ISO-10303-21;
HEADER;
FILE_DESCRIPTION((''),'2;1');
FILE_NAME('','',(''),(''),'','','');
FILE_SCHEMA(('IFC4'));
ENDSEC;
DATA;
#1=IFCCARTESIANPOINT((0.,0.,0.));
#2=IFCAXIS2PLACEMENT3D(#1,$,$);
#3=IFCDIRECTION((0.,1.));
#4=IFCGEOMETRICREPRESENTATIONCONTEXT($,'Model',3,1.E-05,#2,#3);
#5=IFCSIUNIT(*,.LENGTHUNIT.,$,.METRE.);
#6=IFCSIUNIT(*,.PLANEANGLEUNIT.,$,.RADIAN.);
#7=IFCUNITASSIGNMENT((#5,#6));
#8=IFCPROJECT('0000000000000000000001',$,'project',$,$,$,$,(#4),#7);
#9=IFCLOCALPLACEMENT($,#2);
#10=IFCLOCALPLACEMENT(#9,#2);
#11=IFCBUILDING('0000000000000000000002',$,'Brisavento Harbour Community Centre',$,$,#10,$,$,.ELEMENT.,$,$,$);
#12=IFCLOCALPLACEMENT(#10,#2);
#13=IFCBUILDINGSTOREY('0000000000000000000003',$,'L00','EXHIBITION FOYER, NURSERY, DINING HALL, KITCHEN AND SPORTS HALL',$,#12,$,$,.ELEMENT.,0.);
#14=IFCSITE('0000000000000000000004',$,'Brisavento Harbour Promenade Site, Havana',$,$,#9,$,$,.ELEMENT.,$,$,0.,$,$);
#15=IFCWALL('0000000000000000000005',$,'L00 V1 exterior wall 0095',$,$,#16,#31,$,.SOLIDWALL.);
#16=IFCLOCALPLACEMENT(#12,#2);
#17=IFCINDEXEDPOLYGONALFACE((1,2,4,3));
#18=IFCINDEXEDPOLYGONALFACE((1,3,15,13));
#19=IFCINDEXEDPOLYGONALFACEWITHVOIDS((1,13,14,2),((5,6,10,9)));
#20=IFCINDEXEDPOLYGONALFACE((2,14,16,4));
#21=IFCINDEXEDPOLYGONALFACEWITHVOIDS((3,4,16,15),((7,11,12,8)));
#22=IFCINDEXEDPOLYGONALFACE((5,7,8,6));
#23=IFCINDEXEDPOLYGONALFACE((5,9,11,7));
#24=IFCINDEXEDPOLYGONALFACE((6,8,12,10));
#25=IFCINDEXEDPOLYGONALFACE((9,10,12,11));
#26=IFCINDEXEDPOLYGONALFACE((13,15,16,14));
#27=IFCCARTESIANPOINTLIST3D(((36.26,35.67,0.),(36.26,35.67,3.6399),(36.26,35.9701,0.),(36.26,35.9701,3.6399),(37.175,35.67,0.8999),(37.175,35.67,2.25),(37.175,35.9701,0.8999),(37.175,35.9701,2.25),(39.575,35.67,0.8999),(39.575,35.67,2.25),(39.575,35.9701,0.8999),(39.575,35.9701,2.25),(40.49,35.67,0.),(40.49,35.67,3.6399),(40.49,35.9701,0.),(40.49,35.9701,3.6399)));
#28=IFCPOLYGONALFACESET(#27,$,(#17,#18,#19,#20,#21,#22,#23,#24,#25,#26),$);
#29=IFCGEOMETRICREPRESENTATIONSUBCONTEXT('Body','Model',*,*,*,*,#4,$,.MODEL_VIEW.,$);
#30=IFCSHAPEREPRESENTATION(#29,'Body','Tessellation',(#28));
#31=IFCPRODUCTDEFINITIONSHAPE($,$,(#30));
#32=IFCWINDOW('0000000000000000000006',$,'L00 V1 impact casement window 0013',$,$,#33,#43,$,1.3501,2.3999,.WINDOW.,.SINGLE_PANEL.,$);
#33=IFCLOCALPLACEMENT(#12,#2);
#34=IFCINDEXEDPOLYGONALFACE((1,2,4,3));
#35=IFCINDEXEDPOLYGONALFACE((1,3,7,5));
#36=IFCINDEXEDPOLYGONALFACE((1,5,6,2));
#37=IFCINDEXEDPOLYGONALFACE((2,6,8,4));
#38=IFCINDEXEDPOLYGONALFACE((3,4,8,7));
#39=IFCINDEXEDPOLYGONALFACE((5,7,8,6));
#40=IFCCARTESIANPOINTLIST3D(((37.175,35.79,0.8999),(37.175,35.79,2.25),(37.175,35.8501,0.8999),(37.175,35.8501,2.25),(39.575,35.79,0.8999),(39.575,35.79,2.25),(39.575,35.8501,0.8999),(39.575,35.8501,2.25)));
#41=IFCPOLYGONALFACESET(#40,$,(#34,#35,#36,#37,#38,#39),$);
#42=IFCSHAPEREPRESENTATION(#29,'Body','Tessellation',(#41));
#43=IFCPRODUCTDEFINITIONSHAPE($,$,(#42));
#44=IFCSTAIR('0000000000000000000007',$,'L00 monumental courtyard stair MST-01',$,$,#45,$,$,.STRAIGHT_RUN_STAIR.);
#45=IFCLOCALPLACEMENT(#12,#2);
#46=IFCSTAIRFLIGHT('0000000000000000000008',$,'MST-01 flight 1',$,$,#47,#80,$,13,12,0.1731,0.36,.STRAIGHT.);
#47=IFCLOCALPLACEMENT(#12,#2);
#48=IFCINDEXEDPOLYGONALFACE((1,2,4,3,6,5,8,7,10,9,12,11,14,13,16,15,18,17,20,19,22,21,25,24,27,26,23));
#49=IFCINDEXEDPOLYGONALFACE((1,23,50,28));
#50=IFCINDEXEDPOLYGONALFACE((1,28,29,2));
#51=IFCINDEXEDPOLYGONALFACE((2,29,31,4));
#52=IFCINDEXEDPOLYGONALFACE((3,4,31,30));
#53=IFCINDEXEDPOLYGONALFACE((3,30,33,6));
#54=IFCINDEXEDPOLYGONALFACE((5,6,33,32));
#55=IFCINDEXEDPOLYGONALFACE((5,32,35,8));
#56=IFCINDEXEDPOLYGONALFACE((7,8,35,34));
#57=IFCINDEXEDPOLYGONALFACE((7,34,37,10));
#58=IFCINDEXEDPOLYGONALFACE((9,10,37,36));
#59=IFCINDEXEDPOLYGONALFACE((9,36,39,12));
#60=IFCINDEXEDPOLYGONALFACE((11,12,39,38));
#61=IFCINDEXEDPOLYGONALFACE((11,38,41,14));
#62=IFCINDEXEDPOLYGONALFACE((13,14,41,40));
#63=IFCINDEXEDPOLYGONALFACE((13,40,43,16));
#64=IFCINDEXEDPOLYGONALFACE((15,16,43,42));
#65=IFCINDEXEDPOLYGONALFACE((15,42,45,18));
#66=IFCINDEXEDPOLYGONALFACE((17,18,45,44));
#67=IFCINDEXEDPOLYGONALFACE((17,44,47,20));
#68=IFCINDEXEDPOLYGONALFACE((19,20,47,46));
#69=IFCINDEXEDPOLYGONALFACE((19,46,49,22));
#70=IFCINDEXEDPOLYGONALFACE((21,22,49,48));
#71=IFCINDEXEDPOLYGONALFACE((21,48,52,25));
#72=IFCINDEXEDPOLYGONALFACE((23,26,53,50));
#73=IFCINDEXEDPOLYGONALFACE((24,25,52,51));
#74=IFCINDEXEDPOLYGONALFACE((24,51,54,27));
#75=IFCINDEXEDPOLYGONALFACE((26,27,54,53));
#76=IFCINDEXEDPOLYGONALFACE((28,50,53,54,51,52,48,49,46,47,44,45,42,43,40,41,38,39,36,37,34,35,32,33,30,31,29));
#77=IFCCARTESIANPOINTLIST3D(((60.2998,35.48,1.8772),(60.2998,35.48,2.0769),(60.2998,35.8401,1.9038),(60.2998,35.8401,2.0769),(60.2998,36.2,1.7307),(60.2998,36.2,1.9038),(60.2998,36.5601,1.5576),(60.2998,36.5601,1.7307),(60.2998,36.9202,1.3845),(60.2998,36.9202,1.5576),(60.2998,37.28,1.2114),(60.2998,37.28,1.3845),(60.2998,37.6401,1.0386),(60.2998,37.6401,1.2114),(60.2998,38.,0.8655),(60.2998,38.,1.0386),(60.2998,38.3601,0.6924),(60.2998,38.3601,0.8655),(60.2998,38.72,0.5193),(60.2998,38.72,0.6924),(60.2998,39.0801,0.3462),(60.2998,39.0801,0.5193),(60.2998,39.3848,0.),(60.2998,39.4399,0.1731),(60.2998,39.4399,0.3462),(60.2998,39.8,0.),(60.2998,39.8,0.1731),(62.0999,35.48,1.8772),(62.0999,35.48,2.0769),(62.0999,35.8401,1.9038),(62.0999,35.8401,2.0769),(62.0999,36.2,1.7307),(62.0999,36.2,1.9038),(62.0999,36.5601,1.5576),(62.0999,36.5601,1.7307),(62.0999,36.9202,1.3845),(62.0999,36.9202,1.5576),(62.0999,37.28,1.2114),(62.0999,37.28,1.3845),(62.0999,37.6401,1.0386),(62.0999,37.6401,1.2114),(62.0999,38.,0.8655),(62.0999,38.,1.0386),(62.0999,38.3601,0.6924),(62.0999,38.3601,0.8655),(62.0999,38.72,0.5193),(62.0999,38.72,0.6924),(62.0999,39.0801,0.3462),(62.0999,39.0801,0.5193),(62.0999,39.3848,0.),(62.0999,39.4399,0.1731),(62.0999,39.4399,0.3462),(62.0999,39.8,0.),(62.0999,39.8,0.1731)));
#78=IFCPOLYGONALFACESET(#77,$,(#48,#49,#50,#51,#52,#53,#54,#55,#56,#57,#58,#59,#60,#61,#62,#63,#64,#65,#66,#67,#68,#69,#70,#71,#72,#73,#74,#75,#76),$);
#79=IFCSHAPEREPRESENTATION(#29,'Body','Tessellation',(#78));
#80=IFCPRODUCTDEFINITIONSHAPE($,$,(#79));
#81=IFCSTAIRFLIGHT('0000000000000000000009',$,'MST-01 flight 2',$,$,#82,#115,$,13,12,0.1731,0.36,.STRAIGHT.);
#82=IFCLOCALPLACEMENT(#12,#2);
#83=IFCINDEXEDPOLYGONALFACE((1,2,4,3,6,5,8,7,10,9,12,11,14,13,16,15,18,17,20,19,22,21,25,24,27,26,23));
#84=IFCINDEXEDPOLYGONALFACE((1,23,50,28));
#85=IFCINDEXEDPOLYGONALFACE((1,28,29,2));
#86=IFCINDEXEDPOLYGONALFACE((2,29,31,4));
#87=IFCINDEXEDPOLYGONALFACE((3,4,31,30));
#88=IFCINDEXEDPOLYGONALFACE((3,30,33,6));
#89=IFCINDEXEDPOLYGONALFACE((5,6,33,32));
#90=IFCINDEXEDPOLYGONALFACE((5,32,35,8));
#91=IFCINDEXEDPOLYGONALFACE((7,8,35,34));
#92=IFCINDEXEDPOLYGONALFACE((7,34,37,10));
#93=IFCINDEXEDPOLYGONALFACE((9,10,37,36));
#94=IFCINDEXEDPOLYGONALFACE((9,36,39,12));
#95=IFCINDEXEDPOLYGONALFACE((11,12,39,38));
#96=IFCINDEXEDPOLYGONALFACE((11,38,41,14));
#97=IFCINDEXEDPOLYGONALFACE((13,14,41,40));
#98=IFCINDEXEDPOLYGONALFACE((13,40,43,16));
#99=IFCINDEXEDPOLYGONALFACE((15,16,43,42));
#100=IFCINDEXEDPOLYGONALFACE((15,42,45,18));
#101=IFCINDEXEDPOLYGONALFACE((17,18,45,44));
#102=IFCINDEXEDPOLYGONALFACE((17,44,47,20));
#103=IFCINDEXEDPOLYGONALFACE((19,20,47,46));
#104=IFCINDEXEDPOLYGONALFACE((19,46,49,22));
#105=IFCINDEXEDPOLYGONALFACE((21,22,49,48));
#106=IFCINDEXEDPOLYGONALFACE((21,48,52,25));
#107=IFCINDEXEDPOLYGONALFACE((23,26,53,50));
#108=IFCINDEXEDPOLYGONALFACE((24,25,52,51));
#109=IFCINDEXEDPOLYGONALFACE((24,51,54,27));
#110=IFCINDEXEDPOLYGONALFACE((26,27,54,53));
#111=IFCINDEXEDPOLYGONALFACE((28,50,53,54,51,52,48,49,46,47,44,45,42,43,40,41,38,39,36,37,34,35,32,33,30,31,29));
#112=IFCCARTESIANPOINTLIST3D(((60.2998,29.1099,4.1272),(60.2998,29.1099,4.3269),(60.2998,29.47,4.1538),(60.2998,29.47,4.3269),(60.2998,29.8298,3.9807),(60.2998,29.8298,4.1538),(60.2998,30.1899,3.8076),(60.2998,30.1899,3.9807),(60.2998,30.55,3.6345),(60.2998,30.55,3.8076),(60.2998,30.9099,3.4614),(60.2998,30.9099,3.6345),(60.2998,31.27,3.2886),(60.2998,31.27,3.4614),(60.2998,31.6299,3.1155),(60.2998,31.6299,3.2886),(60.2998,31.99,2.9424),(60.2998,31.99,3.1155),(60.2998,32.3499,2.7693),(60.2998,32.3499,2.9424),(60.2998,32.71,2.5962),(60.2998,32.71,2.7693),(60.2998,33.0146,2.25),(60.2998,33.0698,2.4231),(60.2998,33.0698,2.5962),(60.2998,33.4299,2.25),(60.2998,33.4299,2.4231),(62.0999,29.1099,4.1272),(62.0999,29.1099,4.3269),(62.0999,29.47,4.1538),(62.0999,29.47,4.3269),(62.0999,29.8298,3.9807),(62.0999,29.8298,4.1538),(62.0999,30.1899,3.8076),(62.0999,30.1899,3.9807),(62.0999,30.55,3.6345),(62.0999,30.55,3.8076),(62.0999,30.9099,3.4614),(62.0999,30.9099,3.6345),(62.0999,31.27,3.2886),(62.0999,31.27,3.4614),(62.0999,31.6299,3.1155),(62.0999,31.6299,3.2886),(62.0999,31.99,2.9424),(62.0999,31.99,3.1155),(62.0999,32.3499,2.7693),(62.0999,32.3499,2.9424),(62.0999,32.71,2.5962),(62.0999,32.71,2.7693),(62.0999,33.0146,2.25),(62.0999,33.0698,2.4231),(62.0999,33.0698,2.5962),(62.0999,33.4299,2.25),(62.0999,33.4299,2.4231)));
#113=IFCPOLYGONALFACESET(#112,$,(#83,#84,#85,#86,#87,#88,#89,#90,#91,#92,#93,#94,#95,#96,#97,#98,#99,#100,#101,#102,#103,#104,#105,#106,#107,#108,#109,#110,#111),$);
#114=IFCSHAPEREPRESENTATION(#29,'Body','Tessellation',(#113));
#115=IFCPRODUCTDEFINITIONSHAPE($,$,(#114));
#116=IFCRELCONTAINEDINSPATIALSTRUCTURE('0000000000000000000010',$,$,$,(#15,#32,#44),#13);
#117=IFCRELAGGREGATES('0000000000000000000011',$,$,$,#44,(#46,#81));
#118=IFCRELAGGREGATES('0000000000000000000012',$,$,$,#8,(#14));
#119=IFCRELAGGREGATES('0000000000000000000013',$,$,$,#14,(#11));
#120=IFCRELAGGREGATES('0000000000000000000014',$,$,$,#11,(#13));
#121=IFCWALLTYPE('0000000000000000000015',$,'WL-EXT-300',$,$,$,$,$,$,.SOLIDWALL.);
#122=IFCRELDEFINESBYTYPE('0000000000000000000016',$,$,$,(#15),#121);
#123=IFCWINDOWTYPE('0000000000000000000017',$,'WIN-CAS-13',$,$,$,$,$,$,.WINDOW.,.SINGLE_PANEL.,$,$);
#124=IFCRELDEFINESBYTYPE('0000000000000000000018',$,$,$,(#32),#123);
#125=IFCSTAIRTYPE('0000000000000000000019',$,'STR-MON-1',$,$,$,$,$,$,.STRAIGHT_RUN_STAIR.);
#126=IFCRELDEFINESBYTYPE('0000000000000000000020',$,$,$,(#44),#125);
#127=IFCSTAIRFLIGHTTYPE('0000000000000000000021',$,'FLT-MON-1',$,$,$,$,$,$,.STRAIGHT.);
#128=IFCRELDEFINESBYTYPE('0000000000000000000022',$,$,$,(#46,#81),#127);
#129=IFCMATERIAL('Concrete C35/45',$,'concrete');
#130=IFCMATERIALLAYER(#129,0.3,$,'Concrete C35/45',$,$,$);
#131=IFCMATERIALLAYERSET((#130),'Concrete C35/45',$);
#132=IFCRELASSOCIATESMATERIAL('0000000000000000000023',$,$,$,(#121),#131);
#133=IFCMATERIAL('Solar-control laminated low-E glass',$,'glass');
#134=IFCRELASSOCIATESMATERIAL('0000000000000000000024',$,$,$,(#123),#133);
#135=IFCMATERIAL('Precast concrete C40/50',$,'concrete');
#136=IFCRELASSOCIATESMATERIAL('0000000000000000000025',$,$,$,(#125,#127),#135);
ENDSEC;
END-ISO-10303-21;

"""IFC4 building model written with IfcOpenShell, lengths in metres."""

from ifc_helpers import new_model, si_unit, direction, frame, frame_2d, origin, place, context, subcontext, project, spatial, polyline, rectangle, outline, extrude, material, layer, layer_set, type_object, element, fill, aggregate, save


model = new_model("IFC4")

# Units and contexts
model_context = context("Model", 3, precision=1e-05, world=origin(), true_north=direction((0.0, 1.0)))
body_context = subcontext(model_context, "Body", "Model", "MODEL_VIEW")
ifc_project = project(units=[si_unit("LENGTHUNIT", "METRE"), si_unit("PLANEANGLEUNIT", "RADIAN")], contexts=[model_context])

# Site, building, storey
site_placement = place(None, origin())
site = spatial("IfcSite", under=ifc_project, at=site_placement, Name="Brisavento Harbour Promenade Site, Havana", CompositionType="ELEMENT", RefElevation=0.0)
building_placement = place(site_placement, origin())
building = spatial("IfcBuilding", under=site, at=building_placement, Name="Brisavento Harbour Community Centre", CompositionType="ELEMENT")
storey_placement = place(building_placement, origin())
storey = spatial("IfcBuildingStorey", under=building, at=storey_placement, Name="L00", Description="EXHIBITION FOYER, NURSERY, DINING HALL, KITCHEN AND SPORTS HALL", CompositionType="ELEMENT", Elevation=0.0)

# Shared definitions
ifc_material_1 = material(Name="Concrete C35/45", Category="concrete")

# Shared definitions
ifc_material_2 = material(Name="Precast concrete C40/50", Category="concrete")

# Wall, opening, window
ifc_layer_1 = layer(ifc_material_1, 0.3, Name="Concrete C35/45")
ifc_layer_set_1 = layer_set([ifc_layer_1], Name="Concrete C35/45")
wall_type_1 = type_object("IfcWallType", Name="WL-EXT-300", PredefinedType="SOLIDWALL", material=ifc_layer_set_1)
wall_1_placement = place(storey_placement, frame((36.26, 35.8201, 0.0), z_axis=(0.0, 0.0, 1.0), x_axis=(1.0, 0.0, 0.0)))
wall_1 = element("IfcWall", 1, at=wall_1_placement, inside=storey, type_object=wall_type_1, Name="L00 V1 exterior wall 0095", PredefinedType="SOLIDWALL", context=body_context, shape_type="SweptSolid", body=[
    extrude(rectangle(XDim=4.23, YDim=0.3, at=frame_2d((2.115, 0.0))), origin(), (0.0, 0.0, 1.0), 3.6399),
])
opening_1_placement = place(wall_1_placement, frame((0.915, 0.0, 0.8999)))
opening_1 = element("IfcOpeningElement", 2, at=opening_1_placement, cuts=wall_1, PredefinedType="OPENING", context=body_context, shape_type="SweptSolid", body=[
    extrude(rectangle(XDim=2.3999, YDim=1.3501, at=frame_2d((1.2, 0.675))), frame((0.0, 0.1602, 0.0), z_axis=(0.0, -1.0, 0.0), x_axis=(1.0, 0.0, 0.0)), (0.0, 0.0, 1.0), 0.3201),
])
ifc_material_3 = material(Name="Solar-control laminated low-E glass", Category="glass")
window_type = type_object("IfcWindowType", Name="WIN-CAS-13", PartitioningType="SINGLE_PANEL", PredefinedType="WINDOW", material=ifc_material_3)
window_placement = place(opening_1_placement, origin())
window = element("IfcWindow", 3, at=window_placement, inside=storey, type_object=window_type, Name="L00 V1 impact casement window 0013", OverallHeight=1.3501, OverallWidth=2.3999, PartitioningType="SINGLE_PANEL", PredefinedType="WINDOW", context=body_context, shape_type="SweptSolid", body=[
    extrude(rectangle(XDim=2.3999, YDim=1.3501, at=frame_2d((1.2, 0.675))), frame((0.0, 0.03, 0.0), z_axis=(0.0, -1.0, 0.0), x_axis=(1.0, 0.0, 0.0)), (0.0, 0.0, 1.0), 0.0601),
])
fill(opening_1, window)

# Stair, stair flights
stair_type = type_object("IfcStairType", Name="STR-MON-1", PredefinedType="STRAIGHT_RUN_STAIR", material=ifc_material_2)
stair_placement = place(storey_placement, origin())
stair = element("IfcStair", 4, at=stair_placement, inside=storey, type_object=stair_type, Name="L00 monumental courtyard stair MST-01", PredefinedType="STRAIGHT_RUN_STAIR")
stair_flight_type = type_object("IfcStairFlightType", Name="FLT-MON-1", PredefinedType="STRAIGHT", material=ifc_material_2)
stair_flight_1_placement = place(storey_placement, frame((61.2, 39.8, 0.0), z_axis=(0.0, 0.0, 1.0), x_axis=(0.0, -1.0, 0.0)))
stair_flight_1 = element("IfcStairFlight", 5, at=stair_flight_1_placement, type_object=stair_flight_type, Name="MST-01 flight 1", NumberOfRisers=13, NumberOfTreads=12, PredefinedType="STRAIGHT", RiserHeight=0.1731, TreadLength=0.36, context=body_context, shape_type="SweptSolid", body=[
    extrude(outline(polyline([(0.0, 0.0), (0.0, 0.1731), (0.3601, 0.1731), (0.3601, 0.3462), (0.72, 0.3462), (0.72, 0.5193), (1.0801, 0.5193), (1.0801, 0.6924), (1.4399, 0.6924), (1.4399, 0.8655), (1.8, 0.8655), (1.8, 1.0386), (2.1599, 1.0386), (2.1599, 1.2114), (2.52, 1.2114), (2.52, 1.3845), (2.8799, 1.3845), (2.8799, 1.5576), (3.24, 1.5576), (3.24, 1.7307), (3.6001, 1.7307), (3.6001, 1.9038), (3.96, 1.9038), (3.96, 2.0769), (4.3201, 2.0769), (4.3201, 2.25), (4.3201, 1.8772), (0.4153, 0.0), (0.0, 0.0)])), frame((0.0, 0.8999, 0.0), z_axis=(0.0, -1.0, 0.0), x_axis=(1.0, 0.0, 0.0)), (0.0, 0.0, 1.0), 1.8),
])
stair_flight_2_placement = place(storey_placement, frame((61.2, 33.4299, 2.25), z_axis=(0.0, 0.0, 1.0), x_axis=(0.0, -1.0, 0.0)))
stair_flight_2 = element("IfcStairFlight", 6, at=stair_flight_2_placement, type_object=stair_flight_type, Name="MST-01 flight 2", NumberOfRisers=13, NumberOfTreads=12, PredefinedType="STRAIGHT", RiserHeight=0.1731, TreadLength=0.36, context=body_context, shape_type="SweptSolid", body=[
    extrude(outline(polyline([(0.0, 0.0), (0.0, 0.1731), (0.3601, 0.1731), (0.3601, 0.3462), (0.72, 0.3462), (0.72, 0.5193), (1.0801, 0.5193), (1.0801, 0.6924), (1.4399, 0.6924), (1.4399, 0.8655), (1.8, 0.8655), (1.8, 1.0386), (2.1599, 1.0386), (2.1599, 1.2114), (2.52, 1.2114), (2.52, 1.3845), (2.8799, 1.3845), (2.8799, 1.5576), (3.24, 1.5576), (3.24, 1.7307), (3.6001, 1.7307), (3.6001, 1.9038), (3.96, 1.9038), (3.96, 2.0769), (4.3201, 2.0769), (4.3201, 2.25), (4.3201, 1.8772), (0.4153, 0.0), (0.0, 0.0)])), frame((0.0, 0.8999, 0.0), z_axis=(0.0, -1.0, 0.0), x_axis=(1.0, 0.0, 0.0)), (0.0, 0.0, 1.0), 1.8),
])
aggregate(stair, [stair_flight_1, stair_flight_2])

save(model, "model.ifc")
